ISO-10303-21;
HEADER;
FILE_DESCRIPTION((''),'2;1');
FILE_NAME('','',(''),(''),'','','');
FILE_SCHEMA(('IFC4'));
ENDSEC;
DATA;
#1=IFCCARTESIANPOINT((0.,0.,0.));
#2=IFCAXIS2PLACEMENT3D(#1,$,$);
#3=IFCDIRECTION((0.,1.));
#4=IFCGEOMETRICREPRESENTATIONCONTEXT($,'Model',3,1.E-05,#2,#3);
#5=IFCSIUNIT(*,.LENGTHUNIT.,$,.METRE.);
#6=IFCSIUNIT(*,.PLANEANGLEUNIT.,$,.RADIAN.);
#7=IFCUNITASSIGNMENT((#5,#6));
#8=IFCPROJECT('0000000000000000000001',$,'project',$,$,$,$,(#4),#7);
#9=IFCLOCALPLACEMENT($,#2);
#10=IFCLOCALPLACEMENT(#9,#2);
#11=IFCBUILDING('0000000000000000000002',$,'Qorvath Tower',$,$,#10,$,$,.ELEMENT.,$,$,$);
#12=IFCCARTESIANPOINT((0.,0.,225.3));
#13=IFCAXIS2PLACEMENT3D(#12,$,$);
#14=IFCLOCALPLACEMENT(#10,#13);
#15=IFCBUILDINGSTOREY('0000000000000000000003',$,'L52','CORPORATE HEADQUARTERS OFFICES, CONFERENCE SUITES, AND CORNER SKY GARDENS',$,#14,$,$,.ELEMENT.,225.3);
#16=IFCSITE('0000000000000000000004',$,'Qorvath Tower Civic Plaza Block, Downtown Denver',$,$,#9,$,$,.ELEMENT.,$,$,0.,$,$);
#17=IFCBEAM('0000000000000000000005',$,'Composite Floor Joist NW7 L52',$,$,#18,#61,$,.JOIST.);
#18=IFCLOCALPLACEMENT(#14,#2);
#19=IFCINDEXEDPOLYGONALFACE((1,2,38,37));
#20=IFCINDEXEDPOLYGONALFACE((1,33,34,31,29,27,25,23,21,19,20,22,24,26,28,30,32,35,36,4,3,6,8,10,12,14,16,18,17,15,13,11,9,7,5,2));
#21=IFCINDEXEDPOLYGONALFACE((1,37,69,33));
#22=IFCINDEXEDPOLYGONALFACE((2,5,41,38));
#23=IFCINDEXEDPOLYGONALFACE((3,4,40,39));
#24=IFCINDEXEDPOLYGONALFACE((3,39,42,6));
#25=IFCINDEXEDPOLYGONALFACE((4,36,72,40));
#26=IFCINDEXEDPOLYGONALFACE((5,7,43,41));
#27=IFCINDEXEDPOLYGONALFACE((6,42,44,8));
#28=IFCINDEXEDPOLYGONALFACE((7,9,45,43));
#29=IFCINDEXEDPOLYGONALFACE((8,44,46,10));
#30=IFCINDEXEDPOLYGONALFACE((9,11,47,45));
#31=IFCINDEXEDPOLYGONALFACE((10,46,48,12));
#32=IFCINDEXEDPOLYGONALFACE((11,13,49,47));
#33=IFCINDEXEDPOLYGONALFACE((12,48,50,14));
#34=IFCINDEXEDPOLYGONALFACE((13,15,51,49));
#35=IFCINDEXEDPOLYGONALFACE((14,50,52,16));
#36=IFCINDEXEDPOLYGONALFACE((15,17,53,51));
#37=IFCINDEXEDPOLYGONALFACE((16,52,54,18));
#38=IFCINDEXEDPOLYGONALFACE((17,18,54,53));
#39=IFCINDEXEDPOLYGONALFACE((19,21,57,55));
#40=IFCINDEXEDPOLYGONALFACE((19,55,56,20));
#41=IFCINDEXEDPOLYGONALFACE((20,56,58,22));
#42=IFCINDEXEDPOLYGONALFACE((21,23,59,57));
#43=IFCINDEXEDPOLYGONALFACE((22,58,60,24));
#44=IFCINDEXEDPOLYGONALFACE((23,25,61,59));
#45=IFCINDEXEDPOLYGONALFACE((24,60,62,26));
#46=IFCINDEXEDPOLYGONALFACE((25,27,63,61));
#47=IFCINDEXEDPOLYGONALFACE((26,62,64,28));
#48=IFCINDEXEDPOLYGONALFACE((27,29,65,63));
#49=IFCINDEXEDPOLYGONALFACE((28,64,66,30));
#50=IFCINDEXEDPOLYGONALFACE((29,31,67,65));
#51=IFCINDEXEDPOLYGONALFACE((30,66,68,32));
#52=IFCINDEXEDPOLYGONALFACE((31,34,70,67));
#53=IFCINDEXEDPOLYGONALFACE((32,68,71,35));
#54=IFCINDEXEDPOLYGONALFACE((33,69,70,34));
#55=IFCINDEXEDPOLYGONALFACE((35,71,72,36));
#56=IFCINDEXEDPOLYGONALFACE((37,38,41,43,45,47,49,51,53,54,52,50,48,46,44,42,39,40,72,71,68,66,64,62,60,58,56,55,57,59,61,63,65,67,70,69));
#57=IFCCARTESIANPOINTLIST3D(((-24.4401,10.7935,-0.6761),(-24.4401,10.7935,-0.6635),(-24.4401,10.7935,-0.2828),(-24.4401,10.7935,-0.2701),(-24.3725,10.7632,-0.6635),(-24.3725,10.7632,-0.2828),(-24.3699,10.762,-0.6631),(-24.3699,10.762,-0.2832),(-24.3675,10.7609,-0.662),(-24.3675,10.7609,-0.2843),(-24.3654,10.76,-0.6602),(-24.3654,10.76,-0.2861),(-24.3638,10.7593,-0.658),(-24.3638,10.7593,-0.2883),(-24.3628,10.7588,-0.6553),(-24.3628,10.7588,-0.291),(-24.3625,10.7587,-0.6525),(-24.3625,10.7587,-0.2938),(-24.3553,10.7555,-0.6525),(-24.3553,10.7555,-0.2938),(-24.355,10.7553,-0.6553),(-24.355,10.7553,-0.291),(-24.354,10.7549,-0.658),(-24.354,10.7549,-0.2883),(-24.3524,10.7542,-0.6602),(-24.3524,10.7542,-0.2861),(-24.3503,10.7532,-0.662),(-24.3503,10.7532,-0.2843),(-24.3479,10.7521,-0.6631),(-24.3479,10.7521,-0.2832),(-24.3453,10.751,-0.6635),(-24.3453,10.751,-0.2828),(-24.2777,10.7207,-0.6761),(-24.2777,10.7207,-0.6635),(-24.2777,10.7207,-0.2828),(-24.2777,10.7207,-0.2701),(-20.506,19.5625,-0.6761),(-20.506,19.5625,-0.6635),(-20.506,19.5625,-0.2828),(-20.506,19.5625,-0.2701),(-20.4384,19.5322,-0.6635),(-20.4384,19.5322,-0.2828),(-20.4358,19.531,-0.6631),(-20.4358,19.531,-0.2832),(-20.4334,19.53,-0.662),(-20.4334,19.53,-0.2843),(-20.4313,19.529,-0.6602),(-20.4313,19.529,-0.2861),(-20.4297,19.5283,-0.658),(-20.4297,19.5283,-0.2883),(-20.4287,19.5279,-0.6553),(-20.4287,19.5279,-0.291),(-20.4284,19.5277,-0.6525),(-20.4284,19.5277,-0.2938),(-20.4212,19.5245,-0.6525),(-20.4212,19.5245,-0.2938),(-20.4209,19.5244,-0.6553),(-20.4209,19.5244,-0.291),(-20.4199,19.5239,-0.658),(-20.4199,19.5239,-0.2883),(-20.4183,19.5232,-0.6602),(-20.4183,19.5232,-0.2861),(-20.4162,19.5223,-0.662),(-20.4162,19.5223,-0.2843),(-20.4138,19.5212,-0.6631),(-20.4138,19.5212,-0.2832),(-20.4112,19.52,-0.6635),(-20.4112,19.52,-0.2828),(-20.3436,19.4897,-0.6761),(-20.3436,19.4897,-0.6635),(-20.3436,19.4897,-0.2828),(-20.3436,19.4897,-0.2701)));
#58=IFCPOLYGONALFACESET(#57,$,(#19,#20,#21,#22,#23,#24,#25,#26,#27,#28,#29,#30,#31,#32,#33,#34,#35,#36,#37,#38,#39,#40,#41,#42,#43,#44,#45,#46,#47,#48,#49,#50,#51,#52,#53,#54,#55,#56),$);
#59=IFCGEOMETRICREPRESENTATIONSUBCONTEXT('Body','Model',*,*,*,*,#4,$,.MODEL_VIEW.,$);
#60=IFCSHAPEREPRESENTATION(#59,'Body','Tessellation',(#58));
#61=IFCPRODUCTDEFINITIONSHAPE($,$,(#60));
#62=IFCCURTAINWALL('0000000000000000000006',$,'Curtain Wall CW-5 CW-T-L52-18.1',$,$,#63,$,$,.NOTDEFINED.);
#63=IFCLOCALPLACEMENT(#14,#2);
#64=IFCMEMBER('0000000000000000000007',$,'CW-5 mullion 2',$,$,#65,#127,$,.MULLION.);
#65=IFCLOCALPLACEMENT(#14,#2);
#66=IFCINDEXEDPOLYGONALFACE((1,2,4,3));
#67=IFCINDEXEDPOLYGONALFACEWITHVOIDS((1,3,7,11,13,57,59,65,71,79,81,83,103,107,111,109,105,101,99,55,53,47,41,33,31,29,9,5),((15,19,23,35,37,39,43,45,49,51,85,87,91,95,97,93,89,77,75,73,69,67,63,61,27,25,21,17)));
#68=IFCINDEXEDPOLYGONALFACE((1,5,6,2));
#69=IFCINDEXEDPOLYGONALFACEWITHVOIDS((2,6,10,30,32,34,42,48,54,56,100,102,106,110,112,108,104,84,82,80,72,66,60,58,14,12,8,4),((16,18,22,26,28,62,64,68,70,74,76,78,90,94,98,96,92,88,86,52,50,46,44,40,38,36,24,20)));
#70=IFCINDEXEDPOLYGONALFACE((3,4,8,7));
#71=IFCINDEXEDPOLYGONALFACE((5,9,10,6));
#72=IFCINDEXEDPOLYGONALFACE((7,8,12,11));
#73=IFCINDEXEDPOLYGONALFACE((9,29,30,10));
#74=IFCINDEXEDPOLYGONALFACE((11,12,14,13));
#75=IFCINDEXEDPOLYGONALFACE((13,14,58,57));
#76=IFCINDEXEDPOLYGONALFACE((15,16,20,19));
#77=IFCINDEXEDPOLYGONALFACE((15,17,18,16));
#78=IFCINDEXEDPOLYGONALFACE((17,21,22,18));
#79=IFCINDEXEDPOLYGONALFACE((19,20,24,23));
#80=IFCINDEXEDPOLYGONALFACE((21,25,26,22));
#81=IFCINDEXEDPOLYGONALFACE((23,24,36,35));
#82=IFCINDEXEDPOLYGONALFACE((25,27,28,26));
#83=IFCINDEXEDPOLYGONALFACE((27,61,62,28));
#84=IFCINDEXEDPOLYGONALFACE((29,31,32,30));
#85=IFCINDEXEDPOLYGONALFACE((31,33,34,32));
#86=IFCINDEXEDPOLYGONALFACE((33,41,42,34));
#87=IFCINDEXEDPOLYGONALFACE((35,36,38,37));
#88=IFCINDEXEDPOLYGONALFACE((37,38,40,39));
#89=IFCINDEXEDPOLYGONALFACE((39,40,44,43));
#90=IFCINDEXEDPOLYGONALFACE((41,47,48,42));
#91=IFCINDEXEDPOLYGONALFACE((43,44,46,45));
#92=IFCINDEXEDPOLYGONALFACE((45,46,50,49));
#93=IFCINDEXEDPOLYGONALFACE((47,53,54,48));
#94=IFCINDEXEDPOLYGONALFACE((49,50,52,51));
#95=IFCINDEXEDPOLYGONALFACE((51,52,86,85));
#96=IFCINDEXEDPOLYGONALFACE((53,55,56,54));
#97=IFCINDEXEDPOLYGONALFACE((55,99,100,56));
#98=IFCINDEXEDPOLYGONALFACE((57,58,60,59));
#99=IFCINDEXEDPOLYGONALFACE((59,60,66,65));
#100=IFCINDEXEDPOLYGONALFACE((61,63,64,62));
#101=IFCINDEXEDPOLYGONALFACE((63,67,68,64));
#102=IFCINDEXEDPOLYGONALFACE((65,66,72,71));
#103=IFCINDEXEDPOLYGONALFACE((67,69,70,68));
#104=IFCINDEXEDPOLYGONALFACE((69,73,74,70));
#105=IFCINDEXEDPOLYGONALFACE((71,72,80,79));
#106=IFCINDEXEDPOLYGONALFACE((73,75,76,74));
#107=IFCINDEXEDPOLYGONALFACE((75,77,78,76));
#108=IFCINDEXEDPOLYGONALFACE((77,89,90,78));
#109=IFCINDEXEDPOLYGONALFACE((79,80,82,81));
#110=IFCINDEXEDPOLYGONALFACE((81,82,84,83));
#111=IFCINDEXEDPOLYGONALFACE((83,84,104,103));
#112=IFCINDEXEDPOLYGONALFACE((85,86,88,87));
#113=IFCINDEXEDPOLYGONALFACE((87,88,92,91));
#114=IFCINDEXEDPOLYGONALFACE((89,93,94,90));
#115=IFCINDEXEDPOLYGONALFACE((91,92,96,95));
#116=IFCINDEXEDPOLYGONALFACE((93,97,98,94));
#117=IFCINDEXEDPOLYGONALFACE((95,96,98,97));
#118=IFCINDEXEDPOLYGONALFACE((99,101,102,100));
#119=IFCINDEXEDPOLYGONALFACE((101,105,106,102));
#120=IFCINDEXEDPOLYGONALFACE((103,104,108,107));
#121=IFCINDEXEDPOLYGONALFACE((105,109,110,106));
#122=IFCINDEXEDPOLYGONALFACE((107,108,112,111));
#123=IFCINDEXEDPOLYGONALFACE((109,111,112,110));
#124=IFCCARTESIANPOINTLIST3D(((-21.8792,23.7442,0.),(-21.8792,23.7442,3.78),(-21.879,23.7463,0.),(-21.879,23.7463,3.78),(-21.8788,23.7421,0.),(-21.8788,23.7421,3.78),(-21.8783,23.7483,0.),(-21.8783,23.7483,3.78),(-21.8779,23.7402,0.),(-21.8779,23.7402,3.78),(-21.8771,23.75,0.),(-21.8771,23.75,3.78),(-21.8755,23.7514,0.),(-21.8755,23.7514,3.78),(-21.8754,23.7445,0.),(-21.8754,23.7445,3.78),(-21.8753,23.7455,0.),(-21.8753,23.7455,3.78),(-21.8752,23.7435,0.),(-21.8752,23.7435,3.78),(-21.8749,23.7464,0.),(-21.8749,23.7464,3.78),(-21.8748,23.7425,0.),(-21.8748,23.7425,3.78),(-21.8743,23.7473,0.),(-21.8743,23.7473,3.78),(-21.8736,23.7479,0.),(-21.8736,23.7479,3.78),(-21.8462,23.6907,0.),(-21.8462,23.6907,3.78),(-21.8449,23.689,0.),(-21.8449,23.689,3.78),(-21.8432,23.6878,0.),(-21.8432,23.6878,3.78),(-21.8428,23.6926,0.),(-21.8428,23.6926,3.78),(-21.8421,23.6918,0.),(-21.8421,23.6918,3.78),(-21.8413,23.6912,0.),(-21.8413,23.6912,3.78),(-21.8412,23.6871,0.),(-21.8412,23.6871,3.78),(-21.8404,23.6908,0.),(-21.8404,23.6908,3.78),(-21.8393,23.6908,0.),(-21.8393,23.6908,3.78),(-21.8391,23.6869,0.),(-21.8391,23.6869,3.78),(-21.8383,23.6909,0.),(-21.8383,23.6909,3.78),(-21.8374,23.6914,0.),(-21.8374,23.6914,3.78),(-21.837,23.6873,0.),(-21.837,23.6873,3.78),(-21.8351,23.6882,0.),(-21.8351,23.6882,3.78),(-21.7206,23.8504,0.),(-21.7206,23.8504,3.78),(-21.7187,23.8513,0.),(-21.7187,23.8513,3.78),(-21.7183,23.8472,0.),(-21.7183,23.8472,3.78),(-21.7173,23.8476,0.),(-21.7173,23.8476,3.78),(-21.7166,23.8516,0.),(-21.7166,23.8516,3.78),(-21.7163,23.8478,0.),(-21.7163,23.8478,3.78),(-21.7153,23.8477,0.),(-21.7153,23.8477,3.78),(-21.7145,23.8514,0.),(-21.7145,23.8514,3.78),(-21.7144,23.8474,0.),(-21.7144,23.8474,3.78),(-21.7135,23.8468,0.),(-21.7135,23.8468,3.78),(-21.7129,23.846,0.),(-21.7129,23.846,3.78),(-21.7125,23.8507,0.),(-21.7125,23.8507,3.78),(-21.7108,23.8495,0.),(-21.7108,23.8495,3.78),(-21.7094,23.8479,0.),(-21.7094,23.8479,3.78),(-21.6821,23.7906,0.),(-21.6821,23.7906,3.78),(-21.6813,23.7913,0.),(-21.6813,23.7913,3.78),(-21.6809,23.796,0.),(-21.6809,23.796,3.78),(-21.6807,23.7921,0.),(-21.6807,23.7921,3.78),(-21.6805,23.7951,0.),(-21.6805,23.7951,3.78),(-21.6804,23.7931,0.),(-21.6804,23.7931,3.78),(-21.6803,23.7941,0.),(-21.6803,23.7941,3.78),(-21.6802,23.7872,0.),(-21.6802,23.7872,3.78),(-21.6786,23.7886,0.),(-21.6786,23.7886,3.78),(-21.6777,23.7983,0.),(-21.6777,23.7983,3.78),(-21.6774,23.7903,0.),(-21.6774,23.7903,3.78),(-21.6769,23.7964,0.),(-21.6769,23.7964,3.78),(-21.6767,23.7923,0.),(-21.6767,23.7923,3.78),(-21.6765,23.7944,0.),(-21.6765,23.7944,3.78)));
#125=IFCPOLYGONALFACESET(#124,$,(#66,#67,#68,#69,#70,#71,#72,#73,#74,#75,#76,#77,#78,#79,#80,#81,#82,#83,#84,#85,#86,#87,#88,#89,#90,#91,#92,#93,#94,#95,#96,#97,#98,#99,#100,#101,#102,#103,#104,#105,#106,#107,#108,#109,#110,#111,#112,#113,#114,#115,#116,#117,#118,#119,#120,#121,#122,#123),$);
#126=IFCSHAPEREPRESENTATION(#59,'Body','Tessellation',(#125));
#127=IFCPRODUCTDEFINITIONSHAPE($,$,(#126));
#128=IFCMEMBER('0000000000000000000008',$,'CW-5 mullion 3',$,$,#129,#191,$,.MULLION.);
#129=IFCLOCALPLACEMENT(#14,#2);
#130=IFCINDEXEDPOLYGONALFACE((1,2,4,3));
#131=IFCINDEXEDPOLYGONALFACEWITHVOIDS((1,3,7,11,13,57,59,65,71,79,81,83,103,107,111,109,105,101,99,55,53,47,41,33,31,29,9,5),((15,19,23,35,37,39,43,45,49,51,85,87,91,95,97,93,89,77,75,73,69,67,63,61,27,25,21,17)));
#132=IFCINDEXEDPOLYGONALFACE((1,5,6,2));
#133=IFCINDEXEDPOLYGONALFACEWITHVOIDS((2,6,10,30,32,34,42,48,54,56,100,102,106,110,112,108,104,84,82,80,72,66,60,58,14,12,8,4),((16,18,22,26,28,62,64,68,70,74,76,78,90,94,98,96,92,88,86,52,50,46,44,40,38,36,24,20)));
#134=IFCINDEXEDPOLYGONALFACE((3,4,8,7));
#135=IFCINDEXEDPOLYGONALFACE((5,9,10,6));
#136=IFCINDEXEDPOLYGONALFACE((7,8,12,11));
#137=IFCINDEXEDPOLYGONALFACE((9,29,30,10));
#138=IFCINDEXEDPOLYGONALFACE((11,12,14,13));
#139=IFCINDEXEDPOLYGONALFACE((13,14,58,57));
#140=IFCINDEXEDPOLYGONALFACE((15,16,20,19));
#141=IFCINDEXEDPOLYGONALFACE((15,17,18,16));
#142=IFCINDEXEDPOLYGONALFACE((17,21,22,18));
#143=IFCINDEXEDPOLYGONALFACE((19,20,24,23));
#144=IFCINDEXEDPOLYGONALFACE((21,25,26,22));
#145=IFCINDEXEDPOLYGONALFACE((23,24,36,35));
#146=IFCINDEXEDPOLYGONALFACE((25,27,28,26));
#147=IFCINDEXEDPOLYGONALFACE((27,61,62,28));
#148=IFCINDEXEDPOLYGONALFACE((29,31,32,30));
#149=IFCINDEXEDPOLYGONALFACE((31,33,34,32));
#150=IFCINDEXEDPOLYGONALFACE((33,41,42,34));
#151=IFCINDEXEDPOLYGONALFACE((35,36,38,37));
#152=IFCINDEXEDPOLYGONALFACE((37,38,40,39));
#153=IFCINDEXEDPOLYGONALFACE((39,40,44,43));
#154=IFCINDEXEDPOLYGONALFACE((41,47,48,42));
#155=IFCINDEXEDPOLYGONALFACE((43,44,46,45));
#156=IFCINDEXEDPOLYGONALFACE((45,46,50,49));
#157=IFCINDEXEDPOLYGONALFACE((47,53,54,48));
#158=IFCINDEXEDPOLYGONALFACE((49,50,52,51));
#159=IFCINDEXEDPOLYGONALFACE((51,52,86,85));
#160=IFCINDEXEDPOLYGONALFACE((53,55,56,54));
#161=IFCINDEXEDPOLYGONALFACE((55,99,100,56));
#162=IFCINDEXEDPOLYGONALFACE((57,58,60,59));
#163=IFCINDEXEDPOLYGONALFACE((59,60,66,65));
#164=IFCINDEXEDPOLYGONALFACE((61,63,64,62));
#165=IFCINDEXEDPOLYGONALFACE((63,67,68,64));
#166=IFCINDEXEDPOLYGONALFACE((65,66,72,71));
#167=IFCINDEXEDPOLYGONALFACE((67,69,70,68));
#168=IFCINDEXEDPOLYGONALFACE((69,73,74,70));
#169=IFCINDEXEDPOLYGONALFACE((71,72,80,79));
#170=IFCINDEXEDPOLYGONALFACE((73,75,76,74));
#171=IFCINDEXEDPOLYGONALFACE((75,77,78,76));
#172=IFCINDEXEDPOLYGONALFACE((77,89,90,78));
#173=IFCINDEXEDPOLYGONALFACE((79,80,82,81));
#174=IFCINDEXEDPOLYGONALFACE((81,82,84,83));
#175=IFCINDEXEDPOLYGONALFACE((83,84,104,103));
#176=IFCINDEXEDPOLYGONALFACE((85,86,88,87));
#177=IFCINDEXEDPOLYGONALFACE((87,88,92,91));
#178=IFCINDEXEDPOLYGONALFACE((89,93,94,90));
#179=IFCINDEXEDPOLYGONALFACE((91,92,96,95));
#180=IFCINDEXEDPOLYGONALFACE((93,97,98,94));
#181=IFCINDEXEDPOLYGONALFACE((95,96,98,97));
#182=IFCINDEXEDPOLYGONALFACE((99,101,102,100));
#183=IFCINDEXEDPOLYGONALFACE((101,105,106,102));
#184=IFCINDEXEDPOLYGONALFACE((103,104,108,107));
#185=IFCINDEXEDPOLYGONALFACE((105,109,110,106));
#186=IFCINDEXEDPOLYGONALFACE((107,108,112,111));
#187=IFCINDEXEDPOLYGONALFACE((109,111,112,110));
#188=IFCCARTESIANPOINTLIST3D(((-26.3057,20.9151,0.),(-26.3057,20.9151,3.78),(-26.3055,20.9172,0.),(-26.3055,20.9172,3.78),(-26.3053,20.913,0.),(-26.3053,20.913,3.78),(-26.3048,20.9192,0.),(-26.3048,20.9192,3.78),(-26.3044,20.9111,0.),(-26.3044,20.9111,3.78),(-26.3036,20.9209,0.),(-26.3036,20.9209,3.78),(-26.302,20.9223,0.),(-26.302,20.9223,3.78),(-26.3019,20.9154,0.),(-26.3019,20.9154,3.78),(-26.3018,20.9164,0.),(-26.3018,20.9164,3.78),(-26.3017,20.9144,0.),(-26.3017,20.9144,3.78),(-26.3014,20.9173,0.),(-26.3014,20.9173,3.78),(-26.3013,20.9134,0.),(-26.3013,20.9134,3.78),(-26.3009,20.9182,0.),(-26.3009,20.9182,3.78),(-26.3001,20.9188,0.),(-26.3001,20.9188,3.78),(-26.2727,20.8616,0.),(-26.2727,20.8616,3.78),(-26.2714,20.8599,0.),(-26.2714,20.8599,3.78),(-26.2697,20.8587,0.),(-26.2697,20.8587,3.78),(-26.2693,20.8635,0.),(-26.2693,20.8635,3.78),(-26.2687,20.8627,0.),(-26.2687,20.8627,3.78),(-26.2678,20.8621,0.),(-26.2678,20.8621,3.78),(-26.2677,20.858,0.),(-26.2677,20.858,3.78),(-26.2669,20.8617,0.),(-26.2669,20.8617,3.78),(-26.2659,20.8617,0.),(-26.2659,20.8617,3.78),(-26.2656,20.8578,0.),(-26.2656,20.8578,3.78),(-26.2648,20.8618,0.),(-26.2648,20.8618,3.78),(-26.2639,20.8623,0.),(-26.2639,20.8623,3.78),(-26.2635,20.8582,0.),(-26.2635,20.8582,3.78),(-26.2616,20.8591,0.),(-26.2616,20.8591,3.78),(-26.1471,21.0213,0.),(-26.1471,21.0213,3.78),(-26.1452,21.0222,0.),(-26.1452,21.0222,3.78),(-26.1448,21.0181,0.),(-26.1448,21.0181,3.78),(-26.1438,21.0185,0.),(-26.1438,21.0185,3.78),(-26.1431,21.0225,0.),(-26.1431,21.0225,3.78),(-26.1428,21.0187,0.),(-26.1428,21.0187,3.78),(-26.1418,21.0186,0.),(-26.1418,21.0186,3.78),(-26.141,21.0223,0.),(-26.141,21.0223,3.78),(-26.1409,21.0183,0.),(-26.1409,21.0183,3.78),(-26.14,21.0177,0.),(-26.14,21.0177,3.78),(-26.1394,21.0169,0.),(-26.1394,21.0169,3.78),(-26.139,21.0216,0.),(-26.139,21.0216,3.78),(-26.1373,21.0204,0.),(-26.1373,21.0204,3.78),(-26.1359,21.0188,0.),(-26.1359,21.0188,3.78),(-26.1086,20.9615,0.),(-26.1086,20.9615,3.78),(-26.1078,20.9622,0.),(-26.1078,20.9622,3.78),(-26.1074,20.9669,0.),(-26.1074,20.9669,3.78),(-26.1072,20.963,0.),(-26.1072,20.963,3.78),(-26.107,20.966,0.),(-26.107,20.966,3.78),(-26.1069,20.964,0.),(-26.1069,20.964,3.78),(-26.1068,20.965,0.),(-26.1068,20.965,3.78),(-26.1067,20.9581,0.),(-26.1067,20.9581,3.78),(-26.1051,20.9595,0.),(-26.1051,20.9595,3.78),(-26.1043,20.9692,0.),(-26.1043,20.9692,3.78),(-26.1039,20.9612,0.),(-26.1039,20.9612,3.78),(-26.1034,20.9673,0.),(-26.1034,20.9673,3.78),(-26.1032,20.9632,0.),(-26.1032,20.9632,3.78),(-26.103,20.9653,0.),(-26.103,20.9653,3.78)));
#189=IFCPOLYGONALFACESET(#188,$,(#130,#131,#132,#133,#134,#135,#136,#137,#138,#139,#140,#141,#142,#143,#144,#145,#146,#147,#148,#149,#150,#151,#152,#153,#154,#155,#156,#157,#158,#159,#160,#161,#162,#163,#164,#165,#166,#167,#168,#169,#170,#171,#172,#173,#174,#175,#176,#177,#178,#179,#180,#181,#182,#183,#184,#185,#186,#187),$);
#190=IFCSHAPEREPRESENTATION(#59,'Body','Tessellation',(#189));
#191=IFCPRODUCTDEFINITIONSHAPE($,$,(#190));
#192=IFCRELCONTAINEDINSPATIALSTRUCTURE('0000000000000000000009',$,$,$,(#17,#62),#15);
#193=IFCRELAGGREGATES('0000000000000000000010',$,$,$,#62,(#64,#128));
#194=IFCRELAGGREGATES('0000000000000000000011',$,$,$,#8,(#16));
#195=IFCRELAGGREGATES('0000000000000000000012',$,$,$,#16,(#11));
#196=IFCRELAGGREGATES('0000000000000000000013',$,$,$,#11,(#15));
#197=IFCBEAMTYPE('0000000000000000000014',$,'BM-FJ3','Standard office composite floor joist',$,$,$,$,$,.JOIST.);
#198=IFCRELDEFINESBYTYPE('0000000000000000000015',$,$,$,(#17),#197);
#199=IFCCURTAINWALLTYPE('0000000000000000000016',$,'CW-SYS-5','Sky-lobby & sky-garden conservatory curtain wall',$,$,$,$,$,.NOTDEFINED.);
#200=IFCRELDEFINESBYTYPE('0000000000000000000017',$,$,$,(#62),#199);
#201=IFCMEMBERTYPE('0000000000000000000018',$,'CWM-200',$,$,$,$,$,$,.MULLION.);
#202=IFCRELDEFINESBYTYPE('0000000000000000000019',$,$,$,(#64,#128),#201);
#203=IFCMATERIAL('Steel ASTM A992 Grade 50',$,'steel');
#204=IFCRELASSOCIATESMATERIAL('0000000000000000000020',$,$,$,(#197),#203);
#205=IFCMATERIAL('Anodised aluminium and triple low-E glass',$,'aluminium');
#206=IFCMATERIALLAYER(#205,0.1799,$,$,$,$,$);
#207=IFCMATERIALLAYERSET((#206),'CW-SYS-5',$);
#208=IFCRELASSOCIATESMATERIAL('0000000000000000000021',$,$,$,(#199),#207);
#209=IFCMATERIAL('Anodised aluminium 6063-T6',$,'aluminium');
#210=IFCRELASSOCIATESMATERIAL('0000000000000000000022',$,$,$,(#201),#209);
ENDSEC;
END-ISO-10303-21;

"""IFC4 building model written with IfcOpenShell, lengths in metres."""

from ifc_helpers import new_model, si_unit, direction, frame, origin, origin_2d, place, context, subcontext, project, spatial, hollow_rectangle, i_section, extrude, material, layer, layer_set, material_profile, profile_set, type_object, element, aggregate, save


model = new_model("IFC4")

# Units and contexts
model_context = context("Model", 3, precision=1e-05, world=origin(), true_north=direction((0.0, 1.0)))
body_context = subcontext(model_context, "Body", "Model", "MODEL_VIEW")
ifc_project = project(units=[si_unit("LENGTHUNIT", "METRE"), si_unit("PLANEANGLEUNIT", "RADIAN")], contexts=[model_context])

# Site, building, storey
site_placement = place(None, origin())
site = spatial("IfcSite", under=ifc_project, at=site_placement, Name="Qorvath Tower Civic Plaza Block, Downtown Denver", CompositionType="ELEMENT", RefElevation=0.0)
building_placement = place(site_placement, origin())
building = spatial("IfcBuilding", under=site, at=building_placement, Name="Qorvath Tower", CompositionType="ELEMENT")
storey_placement = place(building_placement, frame((0.0, 0.0, 225.3)))
storey = spatial("IfcBuildingStorey", under=building, at=storey_placement, Name="L52", Description="CORPORATE HEADQUARTERS OFFICES, CONFERENCE SUITES, AND CORNER SKY GARDENS", CompositionType="ELEMENT", Elevation=225.3)

# Beam
ifc_material_1 = material(Name="Steel ASTM A992 Grade 50", Category="steel")
ifc_material_profile_1 = material_profile(ifc_material_1, i_section(OverallWidth=0.178, OverallDepth=0.406, WebThickness=0.0078, FlangeThickness=0.0127, FilletRadius=0.011, at=origin_2d()), Name="W16x40")
ifc_profile_set_1 = profile_set([ifc_material_profile_1], Name="Steel ASTM A992 Grade 50")
beam_type_1 = type_object("IfcBeamType", Name="BM-FJ3", Description="Standard office composite floor joist", PredefinedType="JOIST", material=ifc_profile_set_1)
beam_1_placement = place(storey_placement, frame((-24.3589, 10.7571, -0.4731), z_axis=(0.409327, 0.912388, 0.0), x_axis=(-0.912388, 0.409327, 0.0)))
element("IfcBeam", 1, at=beam_1_placement, inside=storey, type_object=beam_type_1, Name="Composite Floor Joist NW7 L52", PredefinedType="JOIST", context=body_context, shape_type="SweptSolid", body=[
    extrude(i_section(OverallWidth=0.178, OverallDepth=0.406, WebThickness=0.0078, FlangeThickness=0.0127, FilletRadius=0.011, at=origin_2d()), origin(), (0.0, 0.0, 1.0), 9.6111),
])

# Curtain wall, members
ifc_material_2 = material(Name="Anodised aluminium and triple low-E glass", Category="aluminium")
ifc_layer_1 = layer(ifc_material_2, 0.1799)
ifc_layer_set_1 = layer_set([ifc_layer_1], Name="CW-SYS-5")
curtain_wall_type = type_object("IfcCurtainWallType", Name="CW-SYS-5", Description="Sky-lobby & sky-garden conservatory curtain wall", PredefinedType="NOTDEFINED", material=ifc_layer_set_1)
curtain_wall_placement = place(storey_placement, origin())
curtain_wall = element("IfcCurtainWall", 2, at=curtain_wall_placement, inside=storey, type_object=curtain_wall_type, Name="Curtain Wall CW-5 CW-T-L52-18.1", PredefinedType="NOTDEFINED")
ifc_material_3 = material(Name="Anodised aluminium 6063-T6", Category="aluminium")
ifc_material_profile_2 = material_profile(ifc_material_3, hollow_rectangle(XDim=0.075, YDim=0.2, WallThickness=0.0039, InnerFilletRadius=0.0039, OuterFilletRadius=0.0081, at=origin_2d()), Name="CWM 200x75")
ifc_profile_set_2 = profile_set([ifc_material_profile_2], Name="Anodised aluminium 6063-T6")
member_type_1 = type_object("IfcMemberType", Name="CWM-200", PredefinedType="MULLION", material=ifc_profile_set_2)
member_1_placement = place(storey_placement, frame((-21.7778, 23.7693, 0.0), z_axis=(0.0, 0.0, 1.0), x_axis=(0.538531, -0.842606, 0.0)))
member_1 = element("IfcMember", 3, at=member_1_placement, type_object=member_type_1, Name="CW-5 mullion 2", PredefinedType="MULLION", context=body_context, shape_type="SweptSolid", body=[
    extrude(hollow_rectangle(XDim=0.075, YDim=0.2, WallThickness=0.0039, InnerFilletRadius=0.0039, OuterFilletRadius=0.0081, at=origin_2d()), origin(), (0.0, 0.0, 1.0), 3.78),
])
member_2_placement = place(storey_placement, frame((-26.2043, 20.9402, 0.0), z_axis=(0.0, 0.0, 1.0), x_axis=(0.538531, -0.842606, 0.0)))
member_2 = element("IfcMember", 4, at=member_2_placement, type_object=member_type_1, Name="CW-5 mullion 3", PredefinedType="MULLION", context=body_context, shape_type="SweptSolid", body=[
    extrude(hollow_rectangle(XDim=0.075, YDim=0.2, WallThickness=0.0039, InnerFilletRadius=0.0039, OuterFilletRadius=0.0081, at=origin_2d()), origin(), (0.0, 0.0, 1.0), 3.78),
])
aggregate(curtain_wall, [member_1, member_2])

save(model, "model.ifc")
